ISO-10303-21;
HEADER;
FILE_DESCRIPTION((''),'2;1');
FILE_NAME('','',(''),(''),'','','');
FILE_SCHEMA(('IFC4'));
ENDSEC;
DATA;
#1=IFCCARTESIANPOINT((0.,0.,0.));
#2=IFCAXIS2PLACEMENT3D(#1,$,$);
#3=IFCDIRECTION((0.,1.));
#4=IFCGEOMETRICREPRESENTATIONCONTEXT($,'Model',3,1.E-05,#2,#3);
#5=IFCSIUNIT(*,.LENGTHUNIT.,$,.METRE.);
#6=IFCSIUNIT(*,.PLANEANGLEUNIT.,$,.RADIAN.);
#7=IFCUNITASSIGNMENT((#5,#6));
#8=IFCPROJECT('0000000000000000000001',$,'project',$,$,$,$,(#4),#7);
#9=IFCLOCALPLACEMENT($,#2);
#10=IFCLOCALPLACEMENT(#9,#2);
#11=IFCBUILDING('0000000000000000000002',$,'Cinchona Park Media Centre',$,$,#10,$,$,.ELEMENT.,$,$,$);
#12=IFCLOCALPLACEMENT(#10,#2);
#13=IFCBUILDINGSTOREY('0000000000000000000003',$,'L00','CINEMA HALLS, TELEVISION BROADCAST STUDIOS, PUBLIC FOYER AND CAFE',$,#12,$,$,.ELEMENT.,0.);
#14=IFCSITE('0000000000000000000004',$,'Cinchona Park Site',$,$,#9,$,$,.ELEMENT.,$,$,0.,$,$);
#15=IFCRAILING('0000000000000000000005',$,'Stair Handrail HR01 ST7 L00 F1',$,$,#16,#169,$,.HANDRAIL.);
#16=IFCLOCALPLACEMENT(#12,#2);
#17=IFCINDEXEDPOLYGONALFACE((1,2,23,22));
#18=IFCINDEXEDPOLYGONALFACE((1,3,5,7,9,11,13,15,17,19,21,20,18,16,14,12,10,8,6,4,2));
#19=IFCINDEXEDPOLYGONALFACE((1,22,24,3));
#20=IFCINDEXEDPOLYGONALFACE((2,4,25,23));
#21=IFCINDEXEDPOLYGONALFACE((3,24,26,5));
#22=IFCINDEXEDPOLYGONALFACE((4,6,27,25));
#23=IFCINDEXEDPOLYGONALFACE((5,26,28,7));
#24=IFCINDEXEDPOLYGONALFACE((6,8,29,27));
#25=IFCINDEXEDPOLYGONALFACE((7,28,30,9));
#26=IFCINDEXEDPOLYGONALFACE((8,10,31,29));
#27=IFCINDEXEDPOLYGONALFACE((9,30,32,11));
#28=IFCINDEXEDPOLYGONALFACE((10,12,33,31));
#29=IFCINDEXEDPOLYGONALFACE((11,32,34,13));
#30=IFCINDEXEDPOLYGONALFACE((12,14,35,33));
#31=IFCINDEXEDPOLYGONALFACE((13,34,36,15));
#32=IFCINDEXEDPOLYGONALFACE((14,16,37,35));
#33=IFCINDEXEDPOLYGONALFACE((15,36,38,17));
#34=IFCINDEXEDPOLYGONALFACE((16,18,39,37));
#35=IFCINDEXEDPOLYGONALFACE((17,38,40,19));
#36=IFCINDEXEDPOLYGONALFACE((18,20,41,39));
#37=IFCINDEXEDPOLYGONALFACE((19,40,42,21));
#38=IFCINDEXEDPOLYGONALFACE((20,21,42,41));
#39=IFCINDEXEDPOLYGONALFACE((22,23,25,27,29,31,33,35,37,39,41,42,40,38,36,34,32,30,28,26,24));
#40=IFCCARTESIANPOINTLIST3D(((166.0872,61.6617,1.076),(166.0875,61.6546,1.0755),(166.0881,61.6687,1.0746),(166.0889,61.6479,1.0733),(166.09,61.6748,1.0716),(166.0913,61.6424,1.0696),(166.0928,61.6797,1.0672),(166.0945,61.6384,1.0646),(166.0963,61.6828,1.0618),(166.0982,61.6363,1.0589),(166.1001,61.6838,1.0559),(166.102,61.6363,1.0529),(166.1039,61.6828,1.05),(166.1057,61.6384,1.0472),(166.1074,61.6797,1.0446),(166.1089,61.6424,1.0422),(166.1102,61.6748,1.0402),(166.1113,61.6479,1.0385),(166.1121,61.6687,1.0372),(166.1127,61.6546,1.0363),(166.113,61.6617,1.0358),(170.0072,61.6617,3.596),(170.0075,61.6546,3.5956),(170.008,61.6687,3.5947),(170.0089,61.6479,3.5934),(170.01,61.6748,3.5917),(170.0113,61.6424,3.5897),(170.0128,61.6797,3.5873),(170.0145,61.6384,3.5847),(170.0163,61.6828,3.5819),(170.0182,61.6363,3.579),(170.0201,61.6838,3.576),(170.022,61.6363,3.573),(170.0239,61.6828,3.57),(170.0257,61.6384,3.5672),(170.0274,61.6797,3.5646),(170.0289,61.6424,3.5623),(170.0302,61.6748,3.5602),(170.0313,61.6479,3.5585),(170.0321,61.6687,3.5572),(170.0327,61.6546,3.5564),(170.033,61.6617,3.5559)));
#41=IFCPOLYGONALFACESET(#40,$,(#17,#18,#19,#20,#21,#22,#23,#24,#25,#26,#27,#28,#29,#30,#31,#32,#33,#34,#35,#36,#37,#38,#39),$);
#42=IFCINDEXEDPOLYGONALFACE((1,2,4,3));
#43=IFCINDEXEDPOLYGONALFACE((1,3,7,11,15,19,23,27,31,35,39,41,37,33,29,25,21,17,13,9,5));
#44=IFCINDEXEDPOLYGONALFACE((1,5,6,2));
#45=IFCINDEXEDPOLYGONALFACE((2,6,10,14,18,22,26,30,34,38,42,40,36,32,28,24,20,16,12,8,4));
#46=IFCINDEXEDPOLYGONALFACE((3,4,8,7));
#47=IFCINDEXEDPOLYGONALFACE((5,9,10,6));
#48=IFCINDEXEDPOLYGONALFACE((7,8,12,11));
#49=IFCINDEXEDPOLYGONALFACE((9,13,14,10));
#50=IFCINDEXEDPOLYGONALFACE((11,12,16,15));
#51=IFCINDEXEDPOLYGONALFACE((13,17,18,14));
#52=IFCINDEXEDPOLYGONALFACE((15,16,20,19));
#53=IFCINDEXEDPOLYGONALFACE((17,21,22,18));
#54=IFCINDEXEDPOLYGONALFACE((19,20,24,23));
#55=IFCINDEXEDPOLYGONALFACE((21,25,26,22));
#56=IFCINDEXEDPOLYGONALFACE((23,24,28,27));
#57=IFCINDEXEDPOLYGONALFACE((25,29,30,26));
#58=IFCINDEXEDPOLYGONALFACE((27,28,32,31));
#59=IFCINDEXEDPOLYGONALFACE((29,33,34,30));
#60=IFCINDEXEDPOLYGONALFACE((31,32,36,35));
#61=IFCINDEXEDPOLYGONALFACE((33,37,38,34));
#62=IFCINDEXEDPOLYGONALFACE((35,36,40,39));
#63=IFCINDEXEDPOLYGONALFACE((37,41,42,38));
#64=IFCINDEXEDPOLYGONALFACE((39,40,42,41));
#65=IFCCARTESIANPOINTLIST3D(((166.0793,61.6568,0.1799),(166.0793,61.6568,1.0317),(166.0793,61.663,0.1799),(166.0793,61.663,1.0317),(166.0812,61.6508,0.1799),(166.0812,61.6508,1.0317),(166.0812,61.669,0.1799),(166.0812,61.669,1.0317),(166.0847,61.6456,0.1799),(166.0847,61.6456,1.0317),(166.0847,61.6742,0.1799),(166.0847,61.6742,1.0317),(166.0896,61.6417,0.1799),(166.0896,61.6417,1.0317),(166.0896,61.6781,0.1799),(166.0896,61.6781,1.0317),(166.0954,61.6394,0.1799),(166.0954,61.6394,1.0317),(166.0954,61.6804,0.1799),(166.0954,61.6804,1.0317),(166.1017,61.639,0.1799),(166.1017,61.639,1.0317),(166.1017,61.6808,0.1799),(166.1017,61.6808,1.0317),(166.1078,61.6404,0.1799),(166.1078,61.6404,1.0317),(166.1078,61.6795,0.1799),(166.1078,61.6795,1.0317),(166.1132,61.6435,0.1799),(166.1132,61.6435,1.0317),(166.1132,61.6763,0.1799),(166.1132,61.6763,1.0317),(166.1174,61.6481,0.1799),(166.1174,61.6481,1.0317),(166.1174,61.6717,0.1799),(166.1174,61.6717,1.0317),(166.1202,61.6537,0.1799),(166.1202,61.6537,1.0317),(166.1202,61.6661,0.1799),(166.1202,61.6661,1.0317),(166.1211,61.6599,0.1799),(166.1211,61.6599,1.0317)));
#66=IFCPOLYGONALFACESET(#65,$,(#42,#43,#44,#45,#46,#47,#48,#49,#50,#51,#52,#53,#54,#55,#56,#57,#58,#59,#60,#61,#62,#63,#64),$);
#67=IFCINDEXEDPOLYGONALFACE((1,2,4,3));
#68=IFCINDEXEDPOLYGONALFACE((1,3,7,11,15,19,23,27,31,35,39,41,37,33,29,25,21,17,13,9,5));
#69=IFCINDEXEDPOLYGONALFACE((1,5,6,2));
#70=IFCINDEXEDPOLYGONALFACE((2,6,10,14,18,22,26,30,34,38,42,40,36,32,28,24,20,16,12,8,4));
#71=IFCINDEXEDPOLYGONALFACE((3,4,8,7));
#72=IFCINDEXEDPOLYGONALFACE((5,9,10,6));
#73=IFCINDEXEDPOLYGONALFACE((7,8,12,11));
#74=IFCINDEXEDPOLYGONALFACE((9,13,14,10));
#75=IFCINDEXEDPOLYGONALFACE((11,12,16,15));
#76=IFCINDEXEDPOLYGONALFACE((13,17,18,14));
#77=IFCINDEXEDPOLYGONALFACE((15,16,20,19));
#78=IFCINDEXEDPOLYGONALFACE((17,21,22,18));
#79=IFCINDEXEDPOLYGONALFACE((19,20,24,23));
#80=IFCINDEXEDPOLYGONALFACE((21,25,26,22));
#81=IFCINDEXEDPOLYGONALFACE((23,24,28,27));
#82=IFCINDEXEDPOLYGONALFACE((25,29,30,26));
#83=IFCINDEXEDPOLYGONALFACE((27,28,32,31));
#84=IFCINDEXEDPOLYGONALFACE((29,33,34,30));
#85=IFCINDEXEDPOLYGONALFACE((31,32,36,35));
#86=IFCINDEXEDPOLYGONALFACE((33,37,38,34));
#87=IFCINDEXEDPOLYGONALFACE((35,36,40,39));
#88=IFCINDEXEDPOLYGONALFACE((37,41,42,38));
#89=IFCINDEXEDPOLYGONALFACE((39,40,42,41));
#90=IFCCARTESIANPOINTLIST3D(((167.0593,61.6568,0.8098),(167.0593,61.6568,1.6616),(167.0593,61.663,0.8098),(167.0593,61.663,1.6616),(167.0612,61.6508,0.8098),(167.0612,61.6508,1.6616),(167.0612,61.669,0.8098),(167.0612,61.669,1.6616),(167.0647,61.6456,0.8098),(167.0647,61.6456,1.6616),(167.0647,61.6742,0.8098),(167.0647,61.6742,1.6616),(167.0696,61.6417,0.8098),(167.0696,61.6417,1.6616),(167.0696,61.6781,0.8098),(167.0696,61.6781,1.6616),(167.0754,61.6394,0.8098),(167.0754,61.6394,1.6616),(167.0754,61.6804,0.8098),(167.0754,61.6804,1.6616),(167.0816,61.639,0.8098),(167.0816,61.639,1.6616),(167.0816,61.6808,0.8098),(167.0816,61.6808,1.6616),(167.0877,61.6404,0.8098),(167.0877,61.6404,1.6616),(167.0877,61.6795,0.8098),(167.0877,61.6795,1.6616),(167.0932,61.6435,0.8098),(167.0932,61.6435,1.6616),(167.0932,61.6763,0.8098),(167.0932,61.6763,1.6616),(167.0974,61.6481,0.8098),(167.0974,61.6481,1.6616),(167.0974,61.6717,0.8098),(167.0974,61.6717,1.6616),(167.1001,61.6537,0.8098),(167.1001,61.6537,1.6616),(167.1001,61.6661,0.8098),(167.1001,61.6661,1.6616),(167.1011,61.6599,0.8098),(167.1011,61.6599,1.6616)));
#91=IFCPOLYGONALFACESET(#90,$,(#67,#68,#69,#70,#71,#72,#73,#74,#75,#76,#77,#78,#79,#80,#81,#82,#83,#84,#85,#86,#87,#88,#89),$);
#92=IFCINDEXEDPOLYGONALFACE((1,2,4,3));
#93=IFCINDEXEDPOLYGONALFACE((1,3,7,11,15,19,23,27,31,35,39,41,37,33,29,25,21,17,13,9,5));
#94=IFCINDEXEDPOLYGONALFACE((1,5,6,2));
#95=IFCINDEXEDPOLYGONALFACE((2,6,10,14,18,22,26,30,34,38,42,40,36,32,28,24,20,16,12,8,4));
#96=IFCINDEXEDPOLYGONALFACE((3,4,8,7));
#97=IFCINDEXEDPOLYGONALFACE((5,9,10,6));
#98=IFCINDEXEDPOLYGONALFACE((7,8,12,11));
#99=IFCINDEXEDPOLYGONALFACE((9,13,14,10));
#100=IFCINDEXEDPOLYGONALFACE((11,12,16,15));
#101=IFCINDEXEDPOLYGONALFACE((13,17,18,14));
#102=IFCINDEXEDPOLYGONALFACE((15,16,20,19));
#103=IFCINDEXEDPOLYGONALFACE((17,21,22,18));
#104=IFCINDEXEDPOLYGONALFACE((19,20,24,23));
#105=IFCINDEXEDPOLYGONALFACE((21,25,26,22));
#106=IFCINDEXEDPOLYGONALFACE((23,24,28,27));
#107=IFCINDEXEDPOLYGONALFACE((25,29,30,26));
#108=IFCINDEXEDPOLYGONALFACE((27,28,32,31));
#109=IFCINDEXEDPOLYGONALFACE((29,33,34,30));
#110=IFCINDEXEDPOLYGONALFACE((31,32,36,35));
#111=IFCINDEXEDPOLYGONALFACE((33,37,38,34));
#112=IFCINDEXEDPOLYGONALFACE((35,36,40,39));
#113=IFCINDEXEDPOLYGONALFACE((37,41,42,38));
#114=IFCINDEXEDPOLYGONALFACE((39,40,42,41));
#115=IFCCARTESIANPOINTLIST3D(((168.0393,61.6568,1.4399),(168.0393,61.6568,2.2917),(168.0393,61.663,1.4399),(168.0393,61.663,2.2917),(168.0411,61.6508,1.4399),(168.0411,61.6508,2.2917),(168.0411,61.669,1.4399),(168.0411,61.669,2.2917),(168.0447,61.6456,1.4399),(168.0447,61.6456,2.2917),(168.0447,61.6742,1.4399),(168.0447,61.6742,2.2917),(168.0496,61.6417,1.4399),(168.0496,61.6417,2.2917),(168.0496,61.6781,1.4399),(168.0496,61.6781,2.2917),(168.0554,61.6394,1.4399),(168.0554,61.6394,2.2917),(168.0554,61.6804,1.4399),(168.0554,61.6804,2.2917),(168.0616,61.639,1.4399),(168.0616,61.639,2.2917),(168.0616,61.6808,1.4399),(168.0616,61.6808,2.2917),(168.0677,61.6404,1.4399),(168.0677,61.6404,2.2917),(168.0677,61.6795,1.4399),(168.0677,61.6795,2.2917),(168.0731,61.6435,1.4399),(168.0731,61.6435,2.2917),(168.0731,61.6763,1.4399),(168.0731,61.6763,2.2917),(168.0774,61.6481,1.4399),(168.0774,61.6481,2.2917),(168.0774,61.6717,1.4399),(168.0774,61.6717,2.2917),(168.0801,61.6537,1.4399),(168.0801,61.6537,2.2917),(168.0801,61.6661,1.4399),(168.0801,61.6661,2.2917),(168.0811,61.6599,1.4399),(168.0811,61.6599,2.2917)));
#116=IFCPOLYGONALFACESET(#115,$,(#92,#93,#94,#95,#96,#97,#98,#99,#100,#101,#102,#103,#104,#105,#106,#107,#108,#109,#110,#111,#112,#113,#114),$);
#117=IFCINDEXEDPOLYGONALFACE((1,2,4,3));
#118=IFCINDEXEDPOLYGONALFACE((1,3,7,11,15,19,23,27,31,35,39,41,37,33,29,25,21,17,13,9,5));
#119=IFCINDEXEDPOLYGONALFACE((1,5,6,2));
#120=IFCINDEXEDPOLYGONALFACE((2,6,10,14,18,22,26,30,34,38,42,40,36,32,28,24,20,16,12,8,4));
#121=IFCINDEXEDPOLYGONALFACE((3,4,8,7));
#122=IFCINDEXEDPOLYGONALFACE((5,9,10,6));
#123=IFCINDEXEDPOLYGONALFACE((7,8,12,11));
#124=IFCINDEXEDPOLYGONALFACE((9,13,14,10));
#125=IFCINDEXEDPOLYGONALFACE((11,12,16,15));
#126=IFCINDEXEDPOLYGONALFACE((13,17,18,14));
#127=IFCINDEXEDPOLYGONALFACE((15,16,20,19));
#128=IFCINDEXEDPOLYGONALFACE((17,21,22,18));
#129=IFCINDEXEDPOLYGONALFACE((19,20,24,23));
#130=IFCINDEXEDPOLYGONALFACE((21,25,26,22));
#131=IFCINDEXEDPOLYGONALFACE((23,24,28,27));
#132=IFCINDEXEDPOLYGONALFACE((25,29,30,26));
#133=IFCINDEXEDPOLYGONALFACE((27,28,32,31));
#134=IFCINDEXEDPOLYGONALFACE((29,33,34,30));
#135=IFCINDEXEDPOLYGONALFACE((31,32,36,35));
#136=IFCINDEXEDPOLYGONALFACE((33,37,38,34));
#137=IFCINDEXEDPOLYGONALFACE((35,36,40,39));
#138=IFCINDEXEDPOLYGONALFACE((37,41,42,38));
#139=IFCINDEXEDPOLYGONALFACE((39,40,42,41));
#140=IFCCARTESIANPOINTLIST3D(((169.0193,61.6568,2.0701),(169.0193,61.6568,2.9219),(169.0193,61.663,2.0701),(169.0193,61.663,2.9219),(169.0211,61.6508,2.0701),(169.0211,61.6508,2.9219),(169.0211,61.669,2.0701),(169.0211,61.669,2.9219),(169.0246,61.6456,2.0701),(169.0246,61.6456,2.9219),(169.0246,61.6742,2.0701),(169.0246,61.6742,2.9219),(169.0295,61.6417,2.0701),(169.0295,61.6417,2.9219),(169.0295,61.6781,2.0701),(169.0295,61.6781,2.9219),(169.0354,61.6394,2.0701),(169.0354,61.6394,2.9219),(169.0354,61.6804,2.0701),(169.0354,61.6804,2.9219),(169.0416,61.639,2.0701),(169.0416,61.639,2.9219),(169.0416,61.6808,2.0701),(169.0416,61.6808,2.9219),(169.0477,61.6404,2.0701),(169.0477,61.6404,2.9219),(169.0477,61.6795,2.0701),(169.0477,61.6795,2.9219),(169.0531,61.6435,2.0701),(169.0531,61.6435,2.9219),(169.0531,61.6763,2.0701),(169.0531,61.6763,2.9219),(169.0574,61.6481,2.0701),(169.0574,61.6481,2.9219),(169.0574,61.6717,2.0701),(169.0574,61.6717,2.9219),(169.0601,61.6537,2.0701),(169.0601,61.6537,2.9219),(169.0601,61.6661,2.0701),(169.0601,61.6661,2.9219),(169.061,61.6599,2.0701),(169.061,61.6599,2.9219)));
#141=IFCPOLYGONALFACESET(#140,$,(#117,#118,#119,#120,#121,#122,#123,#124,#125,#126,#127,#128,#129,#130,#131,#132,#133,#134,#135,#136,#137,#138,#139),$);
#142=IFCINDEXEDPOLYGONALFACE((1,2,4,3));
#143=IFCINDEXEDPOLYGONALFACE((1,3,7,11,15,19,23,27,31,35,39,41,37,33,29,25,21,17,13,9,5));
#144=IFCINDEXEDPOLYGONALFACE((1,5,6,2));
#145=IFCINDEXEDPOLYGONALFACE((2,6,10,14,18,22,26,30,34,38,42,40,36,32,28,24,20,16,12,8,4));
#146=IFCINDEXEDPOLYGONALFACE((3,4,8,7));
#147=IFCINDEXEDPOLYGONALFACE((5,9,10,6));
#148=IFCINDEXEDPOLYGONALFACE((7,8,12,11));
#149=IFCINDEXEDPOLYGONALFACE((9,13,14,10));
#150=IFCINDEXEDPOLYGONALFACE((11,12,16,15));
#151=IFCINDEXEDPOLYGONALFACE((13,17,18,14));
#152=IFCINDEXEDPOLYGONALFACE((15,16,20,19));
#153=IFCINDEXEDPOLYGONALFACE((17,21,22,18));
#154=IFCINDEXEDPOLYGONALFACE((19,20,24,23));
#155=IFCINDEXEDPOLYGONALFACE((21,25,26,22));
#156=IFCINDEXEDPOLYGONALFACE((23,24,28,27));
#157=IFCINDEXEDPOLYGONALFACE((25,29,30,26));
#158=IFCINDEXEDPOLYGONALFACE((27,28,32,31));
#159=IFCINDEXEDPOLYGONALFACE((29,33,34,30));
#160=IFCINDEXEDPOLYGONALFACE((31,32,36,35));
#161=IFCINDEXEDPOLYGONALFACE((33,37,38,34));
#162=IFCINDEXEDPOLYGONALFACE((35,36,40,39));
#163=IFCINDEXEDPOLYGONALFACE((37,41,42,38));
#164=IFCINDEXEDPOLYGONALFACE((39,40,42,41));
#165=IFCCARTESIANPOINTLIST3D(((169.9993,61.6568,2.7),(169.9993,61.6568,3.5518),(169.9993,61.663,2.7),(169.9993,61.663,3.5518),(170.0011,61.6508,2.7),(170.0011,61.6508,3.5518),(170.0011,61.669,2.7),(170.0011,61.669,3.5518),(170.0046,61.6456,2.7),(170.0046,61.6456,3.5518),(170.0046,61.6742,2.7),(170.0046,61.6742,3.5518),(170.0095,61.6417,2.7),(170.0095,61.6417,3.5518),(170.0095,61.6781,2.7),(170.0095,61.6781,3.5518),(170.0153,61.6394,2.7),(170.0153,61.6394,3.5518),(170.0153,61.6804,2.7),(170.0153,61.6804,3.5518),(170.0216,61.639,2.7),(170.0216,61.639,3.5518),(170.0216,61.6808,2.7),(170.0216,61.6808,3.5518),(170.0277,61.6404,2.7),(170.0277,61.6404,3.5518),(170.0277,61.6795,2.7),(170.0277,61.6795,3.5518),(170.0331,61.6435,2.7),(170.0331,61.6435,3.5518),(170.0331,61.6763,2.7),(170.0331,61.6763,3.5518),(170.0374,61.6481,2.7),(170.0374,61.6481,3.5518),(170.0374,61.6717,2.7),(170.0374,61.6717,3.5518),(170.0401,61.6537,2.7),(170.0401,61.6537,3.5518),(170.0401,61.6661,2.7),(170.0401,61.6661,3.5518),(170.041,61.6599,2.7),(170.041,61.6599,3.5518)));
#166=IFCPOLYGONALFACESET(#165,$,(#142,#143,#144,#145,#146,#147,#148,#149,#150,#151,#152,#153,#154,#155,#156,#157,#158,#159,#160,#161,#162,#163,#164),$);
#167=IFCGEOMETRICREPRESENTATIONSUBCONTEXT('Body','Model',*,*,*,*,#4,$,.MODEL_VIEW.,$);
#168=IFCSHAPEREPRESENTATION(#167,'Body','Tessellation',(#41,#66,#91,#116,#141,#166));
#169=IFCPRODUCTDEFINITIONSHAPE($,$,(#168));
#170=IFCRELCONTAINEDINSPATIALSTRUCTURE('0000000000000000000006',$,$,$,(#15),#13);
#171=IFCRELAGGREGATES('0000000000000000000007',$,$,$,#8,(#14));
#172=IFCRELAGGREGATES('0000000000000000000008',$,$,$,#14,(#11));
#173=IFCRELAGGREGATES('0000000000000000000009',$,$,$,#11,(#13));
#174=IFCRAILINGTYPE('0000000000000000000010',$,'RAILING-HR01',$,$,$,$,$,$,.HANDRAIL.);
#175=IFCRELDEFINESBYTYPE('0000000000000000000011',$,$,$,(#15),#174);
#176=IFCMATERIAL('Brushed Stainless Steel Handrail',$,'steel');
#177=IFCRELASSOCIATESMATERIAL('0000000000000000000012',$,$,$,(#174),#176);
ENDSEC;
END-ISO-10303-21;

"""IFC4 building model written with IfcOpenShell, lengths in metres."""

from ifc_helpers import new_model, si_unit, direction, frame, origin, origin_2d, place, context, subcontext, project, spatial, circle, extrude, material, type_object, element, save


model = new_model("IFC4")

# Units and contexts
model_context = context("Model", 3, precision=1e-05, world=origin(), true_north=direction((0.0, 1.0)))
body_context = subcontext(model_context, "Body", "Model", "MODEL_VIEW")
ifc_project = project(units=[si_unit("LENGTHUNIT", "METRE"), si_unit("PLANEANGLEUNIT", "RADIAN")], contexts=[model_context])

# Site, building, storey
site_placement = place(None, origin())
site = spatial("IfcSite", under=ifc_project, at=site_placement, Name="Cinchona Park Site", CompositionType="ELEMENT", RefElevation=0.0)
building_placement = place(site_placement, origin())
building = spatial("IfcBuilding", under=site, at=building_placement, Name="Cinchona Park Media Centre", CompositionType="ELEMENT")
storey_placement = place(building_placement, origin())
storey = spatial("IfcBuildingStorey", under=building, at=storey_placement, Name="L00", Description="CINEMA HALLS, TELEVISION BROADCAST STUDIOS, PUBLIC FOYER AND CAFE", CompositionType="ELEMENT", Elevation=0.0)

# Railing
ifc_material_1 = material(Name="Brushed Stainless Steel Handrail", Category="steel")
railing_type_1 = type_object("IfcRailingType", Name="RAILING-HR01", PredefinedType="HANDRAIL", material=ifc_material_1)
railing_1_placement = place(storey_placement, frame((166.1001, 61.6599, 0.1799)))
element("IfcRailing", 1, at=railing_1_placement, inside=storey, type_object=railing_type_1, Name="Stair Handrail HR01 ST7 L00 F1", PredefinedType="HANDRAIL", context=body_context, shape_type="SweptSolid", body=[
    extrude(circle(Radius=0.0239, at=origin_2d()), frame((0.0, 0.0, 0.876), z_axis=(0.841172, 0.0, 0.540768), x_axis=(0.0, 1.0, 0.0)), (0.0, 0.0, 1.0), 4.6602),
    extrude(circle(Radius=0.021, at=origin_2d()), origin(), (0.0, 0.0, 1.0), 0.8518),
    extrude(circle(Radius=0.021, at=origin_2d()), frame((0.98, 0.0, 0.6299)), (0.0, 0.0, 1.0), 0.8518),
    extrude(circle(Radius=0.021, at=origin_2d()), frame((1.96, 0.0, 1.26)), (0.0, 0.0, 1.0), 0.8518),
    extrude(circle(Radius=0.021, at=origin_2d()), frame((2.9399, 0.0, 1.8901)), (0.0, 0.0, 1.0), 0.8518),
    extrude(circle(Radius=0.021, at=origin_2d()), frame((3.9199, 0.0, 2.52)), (0.0, 0.0, 1.0), 0.8518),
])

save(model, "model.ifc")
